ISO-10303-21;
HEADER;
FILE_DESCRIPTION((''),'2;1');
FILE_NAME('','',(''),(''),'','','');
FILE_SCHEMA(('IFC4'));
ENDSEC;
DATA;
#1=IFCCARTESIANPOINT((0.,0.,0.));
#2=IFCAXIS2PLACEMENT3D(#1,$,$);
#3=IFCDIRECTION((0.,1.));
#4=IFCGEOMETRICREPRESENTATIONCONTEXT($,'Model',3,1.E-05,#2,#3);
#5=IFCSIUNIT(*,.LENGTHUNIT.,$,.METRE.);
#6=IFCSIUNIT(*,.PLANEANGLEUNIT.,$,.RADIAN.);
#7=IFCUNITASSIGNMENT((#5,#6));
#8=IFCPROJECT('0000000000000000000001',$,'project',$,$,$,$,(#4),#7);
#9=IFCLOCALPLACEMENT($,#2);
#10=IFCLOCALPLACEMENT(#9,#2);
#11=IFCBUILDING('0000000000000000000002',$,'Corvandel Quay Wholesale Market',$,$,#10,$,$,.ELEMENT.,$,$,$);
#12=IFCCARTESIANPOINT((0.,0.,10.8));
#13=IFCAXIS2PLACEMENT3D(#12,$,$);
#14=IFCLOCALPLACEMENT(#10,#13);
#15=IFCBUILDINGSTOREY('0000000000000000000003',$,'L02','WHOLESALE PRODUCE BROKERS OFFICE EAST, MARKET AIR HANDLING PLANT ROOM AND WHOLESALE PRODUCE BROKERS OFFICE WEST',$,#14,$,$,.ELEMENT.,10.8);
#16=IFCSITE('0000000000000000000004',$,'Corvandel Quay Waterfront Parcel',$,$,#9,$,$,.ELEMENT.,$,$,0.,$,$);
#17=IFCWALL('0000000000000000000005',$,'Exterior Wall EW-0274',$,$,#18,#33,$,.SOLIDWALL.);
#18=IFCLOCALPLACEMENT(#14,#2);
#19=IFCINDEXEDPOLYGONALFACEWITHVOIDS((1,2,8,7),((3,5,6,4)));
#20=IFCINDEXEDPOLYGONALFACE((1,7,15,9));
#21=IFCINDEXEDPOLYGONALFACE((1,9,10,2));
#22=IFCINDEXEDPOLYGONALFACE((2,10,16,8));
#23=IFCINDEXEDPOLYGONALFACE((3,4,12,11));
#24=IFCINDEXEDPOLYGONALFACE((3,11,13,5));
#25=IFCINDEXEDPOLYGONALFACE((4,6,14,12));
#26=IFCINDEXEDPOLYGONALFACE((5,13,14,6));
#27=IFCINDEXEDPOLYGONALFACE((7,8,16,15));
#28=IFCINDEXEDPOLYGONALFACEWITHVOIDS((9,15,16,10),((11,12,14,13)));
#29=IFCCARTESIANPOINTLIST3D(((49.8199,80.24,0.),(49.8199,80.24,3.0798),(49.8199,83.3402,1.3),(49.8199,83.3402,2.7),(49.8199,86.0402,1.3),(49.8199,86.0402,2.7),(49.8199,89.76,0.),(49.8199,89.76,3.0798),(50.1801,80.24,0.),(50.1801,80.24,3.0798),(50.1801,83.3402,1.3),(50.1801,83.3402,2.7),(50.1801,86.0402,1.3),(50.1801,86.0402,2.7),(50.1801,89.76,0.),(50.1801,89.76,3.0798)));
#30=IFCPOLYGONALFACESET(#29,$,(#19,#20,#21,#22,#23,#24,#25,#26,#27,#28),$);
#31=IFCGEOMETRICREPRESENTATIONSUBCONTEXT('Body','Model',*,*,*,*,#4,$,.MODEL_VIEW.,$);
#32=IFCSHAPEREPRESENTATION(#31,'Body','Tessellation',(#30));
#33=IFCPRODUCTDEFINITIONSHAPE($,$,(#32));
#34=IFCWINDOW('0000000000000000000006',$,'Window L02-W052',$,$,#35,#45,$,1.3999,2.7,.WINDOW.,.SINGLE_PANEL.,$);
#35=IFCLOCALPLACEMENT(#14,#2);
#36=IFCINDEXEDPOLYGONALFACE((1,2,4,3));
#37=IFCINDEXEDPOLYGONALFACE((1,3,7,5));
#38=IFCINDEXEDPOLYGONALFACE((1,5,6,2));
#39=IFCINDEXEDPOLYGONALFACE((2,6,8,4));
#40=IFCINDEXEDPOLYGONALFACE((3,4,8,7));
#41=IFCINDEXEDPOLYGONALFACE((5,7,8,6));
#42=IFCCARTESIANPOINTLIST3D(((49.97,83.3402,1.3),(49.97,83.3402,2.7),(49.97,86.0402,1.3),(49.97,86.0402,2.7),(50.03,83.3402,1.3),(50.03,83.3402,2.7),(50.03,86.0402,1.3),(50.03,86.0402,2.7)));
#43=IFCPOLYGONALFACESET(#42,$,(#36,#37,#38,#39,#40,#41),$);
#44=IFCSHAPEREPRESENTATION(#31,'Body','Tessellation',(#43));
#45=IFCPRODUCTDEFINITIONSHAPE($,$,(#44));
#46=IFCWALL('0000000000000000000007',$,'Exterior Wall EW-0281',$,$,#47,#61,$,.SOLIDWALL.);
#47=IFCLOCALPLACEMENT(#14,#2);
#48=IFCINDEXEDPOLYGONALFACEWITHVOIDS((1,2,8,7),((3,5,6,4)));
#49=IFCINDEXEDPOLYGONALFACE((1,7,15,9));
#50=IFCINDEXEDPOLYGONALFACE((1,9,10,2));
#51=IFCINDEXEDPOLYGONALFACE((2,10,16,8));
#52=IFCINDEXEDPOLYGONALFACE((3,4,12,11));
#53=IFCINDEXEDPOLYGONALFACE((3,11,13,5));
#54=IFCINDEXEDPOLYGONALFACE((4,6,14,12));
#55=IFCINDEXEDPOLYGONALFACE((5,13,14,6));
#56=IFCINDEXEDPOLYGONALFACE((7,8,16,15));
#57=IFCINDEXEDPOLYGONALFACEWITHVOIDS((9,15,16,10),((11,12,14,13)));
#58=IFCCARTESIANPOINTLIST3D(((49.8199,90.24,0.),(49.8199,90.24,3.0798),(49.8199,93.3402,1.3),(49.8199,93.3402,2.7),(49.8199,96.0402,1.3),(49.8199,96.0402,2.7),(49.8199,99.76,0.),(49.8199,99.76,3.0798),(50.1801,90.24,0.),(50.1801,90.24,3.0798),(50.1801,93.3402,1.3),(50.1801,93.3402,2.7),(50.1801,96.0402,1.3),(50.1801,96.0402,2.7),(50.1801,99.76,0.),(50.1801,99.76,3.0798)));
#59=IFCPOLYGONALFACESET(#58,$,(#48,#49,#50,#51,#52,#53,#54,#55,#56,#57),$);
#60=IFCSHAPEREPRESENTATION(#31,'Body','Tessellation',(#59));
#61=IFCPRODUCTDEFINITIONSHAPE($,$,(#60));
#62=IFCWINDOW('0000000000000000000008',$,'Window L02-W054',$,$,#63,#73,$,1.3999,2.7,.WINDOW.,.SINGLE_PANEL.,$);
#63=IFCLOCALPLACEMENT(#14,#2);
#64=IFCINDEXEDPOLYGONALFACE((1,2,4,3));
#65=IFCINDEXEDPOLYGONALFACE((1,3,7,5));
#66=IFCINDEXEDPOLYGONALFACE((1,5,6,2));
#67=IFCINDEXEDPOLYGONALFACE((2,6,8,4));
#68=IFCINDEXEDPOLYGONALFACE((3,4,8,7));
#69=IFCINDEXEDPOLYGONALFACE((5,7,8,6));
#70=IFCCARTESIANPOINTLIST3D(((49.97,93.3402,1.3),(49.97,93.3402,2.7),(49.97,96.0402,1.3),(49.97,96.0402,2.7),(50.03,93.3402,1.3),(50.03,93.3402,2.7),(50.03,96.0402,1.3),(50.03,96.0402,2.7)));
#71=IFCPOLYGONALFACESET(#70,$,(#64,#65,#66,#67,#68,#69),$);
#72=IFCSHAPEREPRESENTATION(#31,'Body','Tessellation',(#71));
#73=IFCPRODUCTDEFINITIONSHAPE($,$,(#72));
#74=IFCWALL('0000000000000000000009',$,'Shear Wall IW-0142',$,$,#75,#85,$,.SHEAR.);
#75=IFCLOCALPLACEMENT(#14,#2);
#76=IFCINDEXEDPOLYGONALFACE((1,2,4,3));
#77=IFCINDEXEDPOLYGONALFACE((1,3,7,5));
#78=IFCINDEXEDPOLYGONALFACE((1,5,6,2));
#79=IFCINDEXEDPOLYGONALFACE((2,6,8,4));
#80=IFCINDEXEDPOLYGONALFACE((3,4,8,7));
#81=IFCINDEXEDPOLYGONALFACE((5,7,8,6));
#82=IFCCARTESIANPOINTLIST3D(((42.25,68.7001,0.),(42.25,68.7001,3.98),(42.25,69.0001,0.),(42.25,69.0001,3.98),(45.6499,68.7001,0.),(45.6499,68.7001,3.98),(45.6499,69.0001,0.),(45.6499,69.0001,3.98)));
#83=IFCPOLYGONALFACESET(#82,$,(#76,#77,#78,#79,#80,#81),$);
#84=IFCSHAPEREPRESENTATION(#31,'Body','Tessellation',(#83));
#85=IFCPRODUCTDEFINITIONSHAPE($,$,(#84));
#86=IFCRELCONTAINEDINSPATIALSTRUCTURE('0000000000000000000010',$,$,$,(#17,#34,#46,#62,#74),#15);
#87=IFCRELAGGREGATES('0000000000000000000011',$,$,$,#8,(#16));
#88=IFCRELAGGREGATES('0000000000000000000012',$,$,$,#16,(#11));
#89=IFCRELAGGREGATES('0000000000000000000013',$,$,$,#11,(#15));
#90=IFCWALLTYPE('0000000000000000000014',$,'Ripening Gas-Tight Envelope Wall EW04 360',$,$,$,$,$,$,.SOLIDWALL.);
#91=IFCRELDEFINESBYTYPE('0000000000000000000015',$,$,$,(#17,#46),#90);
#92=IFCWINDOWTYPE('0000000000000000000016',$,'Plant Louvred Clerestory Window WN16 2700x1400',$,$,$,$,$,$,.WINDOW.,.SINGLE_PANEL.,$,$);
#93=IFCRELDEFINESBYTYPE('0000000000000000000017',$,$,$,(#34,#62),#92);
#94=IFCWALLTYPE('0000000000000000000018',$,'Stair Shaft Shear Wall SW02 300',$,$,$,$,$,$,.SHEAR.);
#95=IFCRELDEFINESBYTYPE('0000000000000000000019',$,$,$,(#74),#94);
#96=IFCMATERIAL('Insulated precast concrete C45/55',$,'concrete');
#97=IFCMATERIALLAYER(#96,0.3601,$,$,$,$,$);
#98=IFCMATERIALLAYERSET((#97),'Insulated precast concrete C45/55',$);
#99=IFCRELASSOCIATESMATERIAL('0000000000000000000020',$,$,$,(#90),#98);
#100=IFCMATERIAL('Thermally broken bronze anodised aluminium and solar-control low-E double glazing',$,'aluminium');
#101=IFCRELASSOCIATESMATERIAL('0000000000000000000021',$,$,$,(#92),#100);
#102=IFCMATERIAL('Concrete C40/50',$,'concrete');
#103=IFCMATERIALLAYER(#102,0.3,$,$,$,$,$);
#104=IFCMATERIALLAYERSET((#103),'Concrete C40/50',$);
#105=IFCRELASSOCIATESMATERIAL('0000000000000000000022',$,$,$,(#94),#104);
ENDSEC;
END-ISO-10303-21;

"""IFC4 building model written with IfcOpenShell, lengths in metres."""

from ifc_helpers import new_model, si_unit, direction, frame, frame_2d, origin, place, context, subcontext, project, spatial, rectangle, extrude, material, layer, layer_set, type_object, element, fill, save


model = new_model("IFC4")

# Units and contexts
model_context = context("Model", 3, precision=1e-05, world=origin(), true_north=direction((0.0, 1.0)))
body_context = subcontext(model_context, "Body", "Model", "MODEL_VIEW")
ifc_project = project(units=[si_unit("LENGTHUNIT", "METRE"), si_unit("PLANEANGLEUNIT", "RADIAN")], contexts=[model_context])

# Site, building, storey
site_placement = place(None, origin())
site = spatial("IfcSite", under=ifc_project, at=site_placement, Name="Corvandel Quay Waterfront Parcel", CompositionType="ELEMENT", RefElevation=0.0)
building_placement = place(site_placement, origin())
building = spatial("IfcBuilding", under=site, at=building_placement, Name="Corvandel Quay Wholesale Market", CompositionType="ELEMENT")
storey_placement = place(building_placement, frame((0.0, 0.0, 10.8)))
storey = spatial("IfcBuildingStorey", under=building, at=storey_placement, Name="L02", Description="WHOLESALE PRODUCE BROKERS OFFICE EAST, MARKET AIR HANDLING PLANT ROOM AND WHOLESALE PRODUCE BROKERS OFFICE WEST", CompositionType="ELEMENT", Elevation=10.8)

# Walls, openings, windows
ifc_material_1 = material(Name="Insulated precast concrete C45/55", Category="concrete")
ifc_layer_1 = layer(ifc_material_1, 0.3601)
ifc_layer_set_1 = layer_set([ifc_layer_1], Name="Insulated precast concrete C45/55")
wall_type_1 = type_object("IfcWallType", Name="Ripening Gas-Tight Envelope Wall EW04 360", PredefinedType="SOLIDWALL", material=ifc_layer_set_1)
ifc_material_2 = material(Name="Thermally broken bronze anodised aluminium and solar-control low-E double glazing", Category="aluminium")
window_type = type_object("IfcWindowType", Name="Plant Louvred Clerestory Window WN16 2700x1400", PartitioningType="SINGLE_PANEL", PredefinedType="WINDOW", material=ifc_material_2)
wall_1_placement = place(storey_placement, frame((50.0, 80.24, 0.0), z_axis=(0.0, 0.0, 1.0), x_axis=(0.0, 1.0, 0.0)))
wall_1 = element("IfcWall", 1, at=wall_1_placement, inside=storey, type_object=wall_type_1, Name="Exterior Wall EW-0274", PredefinedType="SOLIDWALL", context=body_context, shape_type="SweptSolid", body=[
    extrude(rectangle(XDim=9.52, YDim=0.3601, at=frame_2d((4.76, 0.0))), origin(), (0.0, 0.0, 1.0), 3.0798),
])
opening_1_placement = place(wall_1_placement, frame((3.1001, 0.0, 1.3)))
opening_1 = element("IfcOpeningElement", 2, at=opening_1_placement, cuts=wall_1, PredefinedType="OPENING", context=body_context, shape_type="SweptSolid", body=[
    extrude(rectangle(XDim=2.7, YDim=1.3999, at=frame_2d((1.3501, 0.7))), frame((0.0, 0.1899, 0.0), z_axis=(0.0, -1.0, 0.0), x_axis=(1.0, 0.0, 0.0)), (0.0, 0.0, 1.0), 0.3801),
])
window_1_placement = place(opening_1_placement, origin())
window_1 = element("IfcWindow", 3, at=window_1_placement, inside=storey, type_object=window_type, Name="Window L02-W052", OverallHeight=1.3999, OverallWidth=2.7, PartitioningType="SINGLE_PANEL", PredefinedType="WINDOW", context=body_context, shape_type="SweptSolid", body=[
    extrude(rectangle(XDim=2.7, YDim=1.3999, at=frame_2d((1.3501, 0.7))), frame((0.0, 0.03, 0.0), z_axis=(0.0, -1.0, 0.0), x_axis=(1.0, 0.0, 0.0)), (0.0, 0.0, 1.0), 0.0601),
])
fill(opening_1, window_1)
wall_2_placement = place(storey_placement, frame((50.0, 90.24, 0.0), z_axis=(0.0, 0.0, 1.0), x_axis=(0.0, 1.0, 0.0)))
wall_2 = element("IfcWall", 4, at=wall_2_placement, inside=storey, type_object=wall_type_1, Name="Exterior Wall EW-0281", PredefinedType="SOLIDWALL", context=body_context, shape_type="SweptSolid", body=[
    extrude(rectangle(XDim=9.52, YDim=0.3601, at=frame_2d((4.76, 0.0))), origin(), (0.0, 0.0, 1.0), 3.0798),
])
opening_2_placement = place(wall_2_placement, frame((3.1001, 0.0, 1.3)))
opening_2 = element("IfcOpeningElement", 5, at=opening_2_placement, cuts=wall_2, PredefinedType="OPENING", context=body_context, shape_type="SweptSolid", body=[
    extrude(rectangle(XDim=2.7, YDim=1.3999, at=frame_2d((1.3501, 0.7))), frame((0.0, 0.1899, 0.0), z_axis=(0.0, -1.0, 0.0), x_axis=(1.0, 0.0, 0.0)), (0.0, 0.0, 1.0), 0.3801),
])
window_2_placement = place(opening_2_placement, origin())
window_2 = element("IfcWindow", 6, at=window_2_placement, inside=storey, type_object=window_type, Name="Window L02-W054", OverallHeight=1.3999, OverallWidth=2.7, PartitioningType="SINGLE_PANEL", PredefinedType="WINDOW", context=body_context, shape_type="SweptSolid", body=[
    extrude(rectangle(XDim=2.7, YDim=1.3999, at=frame_2d((1.3501, 0.7))), frame((0.0, 0.03, 0.0), z_axis=(0.0, -1.0, 0.0), x_axis=(1.0, 0.0, 0.0)), (0.0, 0.0, 1.0), 0.0601),
])
fill(opening_2, window_2)

# Wall
ifc_material_3 = material(Name="Concrete C40/50", Category="concrete")
ifc_layer_2 = layer(ifc_material_3, 0.3)
ifc_layer_set_2 = layer_set([ifc_layer_2], Name="Concrete C40/50")
wall_type_2 = type_object("IfcWallType", Name="Stair Shaft Shear Wall SW02 300", PredefinedType="SHEAR", material=ifc_layer_set_2)
wall_3_placement = place(storey_placement, frame((42.25, 68.8501, 0.0), z_axis=(0.0, 0.0, 1.0), x_axis=(1.0, 0.0, 0.0)))
element("IfcWall", 7, at=wall_3_placement, inside=storey, type_object=wall_type_2, Name="Shear Wall IW-0142", PredefinedType="SHEAR", context=body_context, shape_type="SweptSolid", body=[
    extrude(rectangle(XDim=3.3999, YDim=0.3, at=frame_2d((1.7, 0.0))), origin(), (0.0, 0.0, 1.0), 3.98),
])

save(model, "model.ifc")
